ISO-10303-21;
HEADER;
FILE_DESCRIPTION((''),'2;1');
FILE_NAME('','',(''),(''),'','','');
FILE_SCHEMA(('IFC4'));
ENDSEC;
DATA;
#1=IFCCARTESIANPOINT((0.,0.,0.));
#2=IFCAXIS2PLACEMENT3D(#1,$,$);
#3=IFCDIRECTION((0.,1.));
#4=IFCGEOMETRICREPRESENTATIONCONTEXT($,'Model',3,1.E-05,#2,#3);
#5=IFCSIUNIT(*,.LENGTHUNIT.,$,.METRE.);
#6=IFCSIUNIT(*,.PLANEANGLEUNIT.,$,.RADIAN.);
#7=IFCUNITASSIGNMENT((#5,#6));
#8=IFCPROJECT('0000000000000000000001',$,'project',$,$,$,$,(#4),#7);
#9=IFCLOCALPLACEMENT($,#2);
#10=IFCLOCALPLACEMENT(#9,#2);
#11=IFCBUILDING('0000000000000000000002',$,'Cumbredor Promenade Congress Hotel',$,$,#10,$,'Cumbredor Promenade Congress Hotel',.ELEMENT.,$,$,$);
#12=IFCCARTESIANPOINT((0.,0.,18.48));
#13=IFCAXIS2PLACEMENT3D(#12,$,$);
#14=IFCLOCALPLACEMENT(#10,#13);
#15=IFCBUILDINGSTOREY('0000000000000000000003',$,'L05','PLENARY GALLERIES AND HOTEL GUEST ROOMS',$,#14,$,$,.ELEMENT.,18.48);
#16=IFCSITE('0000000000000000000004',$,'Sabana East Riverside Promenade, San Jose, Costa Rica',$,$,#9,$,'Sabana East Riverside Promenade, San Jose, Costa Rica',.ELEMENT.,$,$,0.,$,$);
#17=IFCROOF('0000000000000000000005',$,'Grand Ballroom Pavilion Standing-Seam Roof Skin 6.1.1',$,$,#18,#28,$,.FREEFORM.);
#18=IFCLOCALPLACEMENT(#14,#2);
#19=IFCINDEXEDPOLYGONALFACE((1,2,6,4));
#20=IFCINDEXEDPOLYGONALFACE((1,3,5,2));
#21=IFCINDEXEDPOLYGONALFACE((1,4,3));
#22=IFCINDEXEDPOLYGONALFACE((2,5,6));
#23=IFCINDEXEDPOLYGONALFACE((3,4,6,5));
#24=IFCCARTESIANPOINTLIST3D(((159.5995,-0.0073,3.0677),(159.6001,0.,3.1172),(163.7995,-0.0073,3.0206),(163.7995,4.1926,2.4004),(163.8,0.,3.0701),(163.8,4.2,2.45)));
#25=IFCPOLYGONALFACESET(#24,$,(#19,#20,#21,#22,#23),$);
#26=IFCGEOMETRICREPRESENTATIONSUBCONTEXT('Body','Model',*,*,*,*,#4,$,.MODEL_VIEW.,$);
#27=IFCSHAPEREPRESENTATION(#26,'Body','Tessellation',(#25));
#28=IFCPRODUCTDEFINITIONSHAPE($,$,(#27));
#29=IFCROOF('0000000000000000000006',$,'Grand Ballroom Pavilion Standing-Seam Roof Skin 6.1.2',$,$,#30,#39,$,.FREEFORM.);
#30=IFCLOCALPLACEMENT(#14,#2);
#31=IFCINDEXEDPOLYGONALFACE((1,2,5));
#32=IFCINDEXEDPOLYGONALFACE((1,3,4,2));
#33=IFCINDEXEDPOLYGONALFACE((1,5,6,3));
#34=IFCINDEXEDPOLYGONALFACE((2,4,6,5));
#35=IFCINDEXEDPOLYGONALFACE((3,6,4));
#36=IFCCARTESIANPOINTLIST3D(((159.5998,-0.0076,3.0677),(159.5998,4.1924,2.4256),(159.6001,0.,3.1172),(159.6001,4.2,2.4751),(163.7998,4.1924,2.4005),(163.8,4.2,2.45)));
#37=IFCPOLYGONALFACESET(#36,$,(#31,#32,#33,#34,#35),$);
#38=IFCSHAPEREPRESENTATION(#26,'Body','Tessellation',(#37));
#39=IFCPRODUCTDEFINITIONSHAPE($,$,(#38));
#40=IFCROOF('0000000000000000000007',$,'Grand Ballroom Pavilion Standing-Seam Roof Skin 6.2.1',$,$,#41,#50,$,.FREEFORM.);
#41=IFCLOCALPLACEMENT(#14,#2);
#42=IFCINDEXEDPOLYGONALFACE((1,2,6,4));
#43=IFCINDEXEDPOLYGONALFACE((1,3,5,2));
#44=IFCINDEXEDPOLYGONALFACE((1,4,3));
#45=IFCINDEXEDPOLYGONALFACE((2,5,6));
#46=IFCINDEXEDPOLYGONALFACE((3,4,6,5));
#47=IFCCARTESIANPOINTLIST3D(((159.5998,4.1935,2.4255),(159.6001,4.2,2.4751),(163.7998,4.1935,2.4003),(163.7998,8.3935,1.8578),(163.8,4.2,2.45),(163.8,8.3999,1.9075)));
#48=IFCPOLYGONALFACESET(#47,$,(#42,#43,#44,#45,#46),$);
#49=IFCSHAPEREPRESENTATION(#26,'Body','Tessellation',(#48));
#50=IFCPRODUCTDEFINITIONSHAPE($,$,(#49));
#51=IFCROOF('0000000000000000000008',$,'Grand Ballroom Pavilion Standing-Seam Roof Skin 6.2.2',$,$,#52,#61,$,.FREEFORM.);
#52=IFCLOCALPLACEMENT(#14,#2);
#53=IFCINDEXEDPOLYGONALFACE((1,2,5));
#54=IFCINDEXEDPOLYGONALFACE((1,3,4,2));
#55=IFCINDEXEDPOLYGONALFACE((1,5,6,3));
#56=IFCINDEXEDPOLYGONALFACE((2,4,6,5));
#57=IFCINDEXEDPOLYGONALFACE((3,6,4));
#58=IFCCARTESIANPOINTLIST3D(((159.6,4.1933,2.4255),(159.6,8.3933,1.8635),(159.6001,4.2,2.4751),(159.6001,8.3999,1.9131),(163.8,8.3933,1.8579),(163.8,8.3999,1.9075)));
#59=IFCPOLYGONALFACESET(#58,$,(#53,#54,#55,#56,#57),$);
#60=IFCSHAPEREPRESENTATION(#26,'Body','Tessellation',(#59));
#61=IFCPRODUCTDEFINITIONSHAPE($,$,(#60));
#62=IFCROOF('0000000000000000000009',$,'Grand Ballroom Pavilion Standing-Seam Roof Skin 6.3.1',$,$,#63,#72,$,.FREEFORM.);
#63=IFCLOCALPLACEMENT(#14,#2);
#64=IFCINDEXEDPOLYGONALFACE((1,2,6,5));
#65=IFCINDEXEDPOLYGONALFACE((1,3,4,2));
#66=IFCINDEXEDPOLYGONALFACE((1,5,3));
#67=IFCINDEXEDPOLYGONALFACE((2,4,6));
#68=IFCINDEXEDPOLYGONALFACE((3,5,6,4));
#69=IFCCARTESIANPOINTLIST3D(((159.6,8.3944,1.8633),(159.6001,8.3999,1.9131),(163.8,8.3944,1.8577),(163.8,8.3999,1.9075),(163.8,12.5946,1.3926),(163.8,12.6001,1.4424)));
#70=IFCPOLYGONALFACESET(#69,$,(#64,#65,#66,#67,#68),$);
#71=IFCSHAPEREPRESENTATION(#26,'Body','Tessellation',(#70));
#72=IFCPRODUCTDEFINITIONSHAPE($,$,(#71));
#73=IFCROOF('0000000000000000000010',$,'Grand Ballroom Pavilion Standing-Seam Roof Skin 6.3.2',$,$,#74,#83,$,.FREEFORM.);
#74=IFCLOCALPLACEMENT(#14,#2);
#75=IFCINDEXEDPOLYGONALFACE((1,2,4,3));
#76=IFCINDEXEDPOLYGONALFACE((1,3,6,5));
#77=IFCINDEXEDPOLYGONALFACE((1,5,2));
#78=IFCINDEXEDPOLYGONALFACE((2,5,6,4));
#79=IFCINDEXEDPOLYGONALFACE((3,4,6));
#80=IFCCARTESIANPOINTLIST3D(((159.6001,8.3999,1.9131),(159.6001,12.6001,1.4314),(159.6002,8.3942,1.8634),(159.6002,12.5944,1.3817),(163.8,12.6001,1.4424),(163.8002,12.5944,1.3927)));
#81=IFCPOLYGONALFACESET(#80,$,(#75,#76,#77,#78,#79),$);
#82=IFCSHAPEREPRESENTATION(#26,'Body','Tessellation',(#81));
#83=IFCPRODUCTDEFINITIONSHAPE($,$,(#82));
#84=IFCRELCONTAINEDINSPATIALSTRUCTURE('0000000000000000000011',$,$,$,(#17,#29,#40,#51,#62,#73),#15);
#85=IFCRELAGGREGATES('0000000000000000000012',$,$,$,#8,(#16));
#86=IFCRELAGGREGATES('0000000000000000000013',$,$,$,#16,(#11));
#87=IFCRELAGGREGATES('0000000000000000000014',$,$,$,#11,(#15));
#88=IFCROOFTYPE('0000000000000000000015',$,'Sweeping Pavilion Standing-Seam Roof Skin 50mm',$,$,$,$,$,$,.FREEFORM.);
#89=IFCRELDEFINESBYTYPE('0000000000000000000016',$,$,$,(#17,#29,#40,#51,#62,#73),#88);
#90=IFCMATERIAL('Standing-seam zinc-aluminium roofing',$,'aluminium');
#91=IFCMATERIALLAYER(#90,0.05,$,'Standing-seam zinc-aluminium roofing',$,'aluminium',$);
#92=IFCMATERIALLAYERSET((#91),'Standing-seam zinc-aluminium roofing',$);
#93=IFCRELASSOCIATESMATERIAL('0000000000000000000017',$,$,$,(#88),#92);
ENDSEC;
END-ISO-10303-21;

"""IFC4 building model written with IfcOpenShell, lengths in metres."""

from ifc_helpers import new_model, si_unit, direction, frame, origin, place, context, subcontext, project, spatial, polyline, outline, extrude, material, layer, layer_set, type_object, element, save


model = new_model("IFC4")

# Units and contexts
model_context = context("Model", 3, precision=1e-05, world=origin(), true_north=direction((0.0, 1.0)))
body_context = subcontext(model_context, "Body", "Model", "MODEL_VIEW")
ifc_project = project(units=[si_unit("LENGTHUNIT", "METRE"), si_unit("PLANEANGLEUNIT", "RADIAN")], contexts=[model_context])

# Site, building, storey
site_placement = place(None, origin())
site = spatial("IfcSite", under=ifc_project, at=site_placement, Name="Sabana East Riverside Promenade, San Jose, Costa Rica", LongName="Sabana East Riverside Promenade, San Jose, Costa Rica", CompositionType="ELEMENT", RefElevation=0.0)
building_placement = place(site_placement, origin())
building = spatial("IfcBuilding", under=site, at=building_placement, Name="Cumbredor Promenade Congress Hotel", LongName="Cumbredor Promenade Congress Hotel", CompositionType="ELEMENT")
storey_placement = place(building_placement, frame((0.0, 0.0, 18.48)))
storey = spatial("IfcBuildingStorey", under=building, at=storey_placement, Name="L05", Description="PLENARY GALLERIES AND HOTEL GUEST ROOMS", CompositionType="ELEMENT", Elevation=18.48)

# Roofs
ifc_material_1 = material(Name="Standing-seam zinc-aluminium roofing", Category="aluminium")
ifc_layer_1 = layer(ifc_material_1, 0.05, Name="Standing-seam zinc-aluminium roofing", Category="aluminium")
ifc_layer_set_1 = layer_set([ifc_layer_1], Name="Standing-seam zinc-aluminium roofing")
roof_type = type_object("IfcRoofType", Name="Sweeping Pavilion Standing-Seam Roof Skin 50mm", PredefinedType="FREEFORM", material=ifc_layer_set_1)
roof_1_placement = place(storey_placement, frame((159.6001, 0.0, 3.1172), z_axis=(0.011098, 0.146056, 0.989214), x_axis=(0.999937, 0.0, -0.011218)))
element("IfcRoof", 1, at=roof_1_placement, inside=storey, type_object=roof_type, Name="Grand Ballroom Pavilion Standing-Seam Roof Skin 6.1.1", PredefinedType="FREEFORM", context=body_context, shape_type="SweptSolid", body=[
    extrude(outline(polyline([(0.0, 0.0), (4.2002, 0.0), (4.2072, 4.2455), (0.0, 0.0)])), origin(), (0.0, 0.0, -1.0), 0.05),
])
roof_2_placement = place(storey_placement, frame((159.6001, 0.0, 3.1172), z_axis=(0.005918, 0.151122, 0.988497), x_axis=(0.702687, 0.702687, -0.111634)))
element("IfcRoof", 2, at=roof_2_placement, inside=storey, type_object=roof_type, Name="Grand Ballroom Pavilion Standing-Seam Roof Skin 6.1.2", PredefinedType="FREEFORM", context=body_context, shape_type="SweptSolid", body=[
    extrude(outline(polyline([(0.0, 0.0), (5.977, 0.0), (3.0229, 2.9856), (0.0, 0.0)])), origin(), (0.0, 0.0, -1.0), 0.05),
])
roof_3_placement = place(storey_placement, frame((159.6001, 4.2, 2.4751), z_axis=(0.005938, 0.128097, 0.991744), x_axis=(0.999982, 0.0, -0.005987)))
element("IfcRoof", 3, at=roof_3_placement, inside=storey, type_object=roof_type, Name="Grand Ballroom Pavilion Standing-Seam Roof Skin 6.2.1", PredefinedType="FREEFORM", context=body_context, shape_type="SweptSolid", body=[
    extrude(outline(polyline([(0.0, 0.0), (4.2, 0.0), (4.2033, 4.2348), (0.0, 0.0)])), origin(), (0.0, 0.0, -1.0), 0.05),
])
roof_4_placement = place(storey_placement, frame((159.6001, 4.2, 2.4751), z_axis=(0.001325, 0.132632, 0.991165), x_axis=(0.7039, 0.7039, -0.095133)))
element("IfcRoof", 4, at=roof_4_placement, inside=storey, type_object=roof_type, Name="Grand Ballroom Pavilion Standing-Seam Roof Skin 6.2.2", PredefinedType="FREEFORM", context=body_context, shape_type="SweptSolid", body=[
    extrude(outline(polyline([(0.0, 0.0), (5.9667, 0.0), (3.0098, 2.9827), (0.0, 0.0)])), origin(), (0.0, 0.0, -1.0), 0.05),
])
roof_5_placement = place(storey_placement, frame((159.6001, 8.3999, 1.9131), z_axis=(0.001329, 0.110057, 0.993924), x_axis=(0.999999, 0.0, -0.001337)))
element("IfcRoof", 5, at=roof_5_placement, inside=storey, type_object=roof_type, Name="Grand Ballroom Pavilion Standing-Seam Roof Skin 6.3.1", PredefinedType="FREEFORM", context=body_context, shape_type="SweptSolid", body=[
    extrude(outline(polyline([(0.0, 0.0), (4.2, 0.0), (4.2006, 4.2259), (0.0, 0.0)])), origin(), (0.0, 0.0, -1.0), 0.05),
])
roof_6_placement = place(storey_placement, frame((159.6001, 8.3999, 1.9131), z_axis=(-0.002599, 0.113935, 0.993485), x_axis=(0.704876, 0.704917, -0.078998)))
element("IfcRoof", 6, at=roof_6_placement, inside=storey, type_object=roof_type, Name="Grand Ballroom Pavilion Standing-Seam Roof Skin 6.3.2", PredefinedType="FREEFORM", context=body_context, shape_type="SweptSolid", body=[
    extrude(outline(polyline([(0.0, 0.0), (5.9584, 0.0), (2.9988, 2.98), (0.0, 0.0)])), origin(), (0.0, 0.0, -1.0), 0.05),
])

save(model, "model.ifc")
